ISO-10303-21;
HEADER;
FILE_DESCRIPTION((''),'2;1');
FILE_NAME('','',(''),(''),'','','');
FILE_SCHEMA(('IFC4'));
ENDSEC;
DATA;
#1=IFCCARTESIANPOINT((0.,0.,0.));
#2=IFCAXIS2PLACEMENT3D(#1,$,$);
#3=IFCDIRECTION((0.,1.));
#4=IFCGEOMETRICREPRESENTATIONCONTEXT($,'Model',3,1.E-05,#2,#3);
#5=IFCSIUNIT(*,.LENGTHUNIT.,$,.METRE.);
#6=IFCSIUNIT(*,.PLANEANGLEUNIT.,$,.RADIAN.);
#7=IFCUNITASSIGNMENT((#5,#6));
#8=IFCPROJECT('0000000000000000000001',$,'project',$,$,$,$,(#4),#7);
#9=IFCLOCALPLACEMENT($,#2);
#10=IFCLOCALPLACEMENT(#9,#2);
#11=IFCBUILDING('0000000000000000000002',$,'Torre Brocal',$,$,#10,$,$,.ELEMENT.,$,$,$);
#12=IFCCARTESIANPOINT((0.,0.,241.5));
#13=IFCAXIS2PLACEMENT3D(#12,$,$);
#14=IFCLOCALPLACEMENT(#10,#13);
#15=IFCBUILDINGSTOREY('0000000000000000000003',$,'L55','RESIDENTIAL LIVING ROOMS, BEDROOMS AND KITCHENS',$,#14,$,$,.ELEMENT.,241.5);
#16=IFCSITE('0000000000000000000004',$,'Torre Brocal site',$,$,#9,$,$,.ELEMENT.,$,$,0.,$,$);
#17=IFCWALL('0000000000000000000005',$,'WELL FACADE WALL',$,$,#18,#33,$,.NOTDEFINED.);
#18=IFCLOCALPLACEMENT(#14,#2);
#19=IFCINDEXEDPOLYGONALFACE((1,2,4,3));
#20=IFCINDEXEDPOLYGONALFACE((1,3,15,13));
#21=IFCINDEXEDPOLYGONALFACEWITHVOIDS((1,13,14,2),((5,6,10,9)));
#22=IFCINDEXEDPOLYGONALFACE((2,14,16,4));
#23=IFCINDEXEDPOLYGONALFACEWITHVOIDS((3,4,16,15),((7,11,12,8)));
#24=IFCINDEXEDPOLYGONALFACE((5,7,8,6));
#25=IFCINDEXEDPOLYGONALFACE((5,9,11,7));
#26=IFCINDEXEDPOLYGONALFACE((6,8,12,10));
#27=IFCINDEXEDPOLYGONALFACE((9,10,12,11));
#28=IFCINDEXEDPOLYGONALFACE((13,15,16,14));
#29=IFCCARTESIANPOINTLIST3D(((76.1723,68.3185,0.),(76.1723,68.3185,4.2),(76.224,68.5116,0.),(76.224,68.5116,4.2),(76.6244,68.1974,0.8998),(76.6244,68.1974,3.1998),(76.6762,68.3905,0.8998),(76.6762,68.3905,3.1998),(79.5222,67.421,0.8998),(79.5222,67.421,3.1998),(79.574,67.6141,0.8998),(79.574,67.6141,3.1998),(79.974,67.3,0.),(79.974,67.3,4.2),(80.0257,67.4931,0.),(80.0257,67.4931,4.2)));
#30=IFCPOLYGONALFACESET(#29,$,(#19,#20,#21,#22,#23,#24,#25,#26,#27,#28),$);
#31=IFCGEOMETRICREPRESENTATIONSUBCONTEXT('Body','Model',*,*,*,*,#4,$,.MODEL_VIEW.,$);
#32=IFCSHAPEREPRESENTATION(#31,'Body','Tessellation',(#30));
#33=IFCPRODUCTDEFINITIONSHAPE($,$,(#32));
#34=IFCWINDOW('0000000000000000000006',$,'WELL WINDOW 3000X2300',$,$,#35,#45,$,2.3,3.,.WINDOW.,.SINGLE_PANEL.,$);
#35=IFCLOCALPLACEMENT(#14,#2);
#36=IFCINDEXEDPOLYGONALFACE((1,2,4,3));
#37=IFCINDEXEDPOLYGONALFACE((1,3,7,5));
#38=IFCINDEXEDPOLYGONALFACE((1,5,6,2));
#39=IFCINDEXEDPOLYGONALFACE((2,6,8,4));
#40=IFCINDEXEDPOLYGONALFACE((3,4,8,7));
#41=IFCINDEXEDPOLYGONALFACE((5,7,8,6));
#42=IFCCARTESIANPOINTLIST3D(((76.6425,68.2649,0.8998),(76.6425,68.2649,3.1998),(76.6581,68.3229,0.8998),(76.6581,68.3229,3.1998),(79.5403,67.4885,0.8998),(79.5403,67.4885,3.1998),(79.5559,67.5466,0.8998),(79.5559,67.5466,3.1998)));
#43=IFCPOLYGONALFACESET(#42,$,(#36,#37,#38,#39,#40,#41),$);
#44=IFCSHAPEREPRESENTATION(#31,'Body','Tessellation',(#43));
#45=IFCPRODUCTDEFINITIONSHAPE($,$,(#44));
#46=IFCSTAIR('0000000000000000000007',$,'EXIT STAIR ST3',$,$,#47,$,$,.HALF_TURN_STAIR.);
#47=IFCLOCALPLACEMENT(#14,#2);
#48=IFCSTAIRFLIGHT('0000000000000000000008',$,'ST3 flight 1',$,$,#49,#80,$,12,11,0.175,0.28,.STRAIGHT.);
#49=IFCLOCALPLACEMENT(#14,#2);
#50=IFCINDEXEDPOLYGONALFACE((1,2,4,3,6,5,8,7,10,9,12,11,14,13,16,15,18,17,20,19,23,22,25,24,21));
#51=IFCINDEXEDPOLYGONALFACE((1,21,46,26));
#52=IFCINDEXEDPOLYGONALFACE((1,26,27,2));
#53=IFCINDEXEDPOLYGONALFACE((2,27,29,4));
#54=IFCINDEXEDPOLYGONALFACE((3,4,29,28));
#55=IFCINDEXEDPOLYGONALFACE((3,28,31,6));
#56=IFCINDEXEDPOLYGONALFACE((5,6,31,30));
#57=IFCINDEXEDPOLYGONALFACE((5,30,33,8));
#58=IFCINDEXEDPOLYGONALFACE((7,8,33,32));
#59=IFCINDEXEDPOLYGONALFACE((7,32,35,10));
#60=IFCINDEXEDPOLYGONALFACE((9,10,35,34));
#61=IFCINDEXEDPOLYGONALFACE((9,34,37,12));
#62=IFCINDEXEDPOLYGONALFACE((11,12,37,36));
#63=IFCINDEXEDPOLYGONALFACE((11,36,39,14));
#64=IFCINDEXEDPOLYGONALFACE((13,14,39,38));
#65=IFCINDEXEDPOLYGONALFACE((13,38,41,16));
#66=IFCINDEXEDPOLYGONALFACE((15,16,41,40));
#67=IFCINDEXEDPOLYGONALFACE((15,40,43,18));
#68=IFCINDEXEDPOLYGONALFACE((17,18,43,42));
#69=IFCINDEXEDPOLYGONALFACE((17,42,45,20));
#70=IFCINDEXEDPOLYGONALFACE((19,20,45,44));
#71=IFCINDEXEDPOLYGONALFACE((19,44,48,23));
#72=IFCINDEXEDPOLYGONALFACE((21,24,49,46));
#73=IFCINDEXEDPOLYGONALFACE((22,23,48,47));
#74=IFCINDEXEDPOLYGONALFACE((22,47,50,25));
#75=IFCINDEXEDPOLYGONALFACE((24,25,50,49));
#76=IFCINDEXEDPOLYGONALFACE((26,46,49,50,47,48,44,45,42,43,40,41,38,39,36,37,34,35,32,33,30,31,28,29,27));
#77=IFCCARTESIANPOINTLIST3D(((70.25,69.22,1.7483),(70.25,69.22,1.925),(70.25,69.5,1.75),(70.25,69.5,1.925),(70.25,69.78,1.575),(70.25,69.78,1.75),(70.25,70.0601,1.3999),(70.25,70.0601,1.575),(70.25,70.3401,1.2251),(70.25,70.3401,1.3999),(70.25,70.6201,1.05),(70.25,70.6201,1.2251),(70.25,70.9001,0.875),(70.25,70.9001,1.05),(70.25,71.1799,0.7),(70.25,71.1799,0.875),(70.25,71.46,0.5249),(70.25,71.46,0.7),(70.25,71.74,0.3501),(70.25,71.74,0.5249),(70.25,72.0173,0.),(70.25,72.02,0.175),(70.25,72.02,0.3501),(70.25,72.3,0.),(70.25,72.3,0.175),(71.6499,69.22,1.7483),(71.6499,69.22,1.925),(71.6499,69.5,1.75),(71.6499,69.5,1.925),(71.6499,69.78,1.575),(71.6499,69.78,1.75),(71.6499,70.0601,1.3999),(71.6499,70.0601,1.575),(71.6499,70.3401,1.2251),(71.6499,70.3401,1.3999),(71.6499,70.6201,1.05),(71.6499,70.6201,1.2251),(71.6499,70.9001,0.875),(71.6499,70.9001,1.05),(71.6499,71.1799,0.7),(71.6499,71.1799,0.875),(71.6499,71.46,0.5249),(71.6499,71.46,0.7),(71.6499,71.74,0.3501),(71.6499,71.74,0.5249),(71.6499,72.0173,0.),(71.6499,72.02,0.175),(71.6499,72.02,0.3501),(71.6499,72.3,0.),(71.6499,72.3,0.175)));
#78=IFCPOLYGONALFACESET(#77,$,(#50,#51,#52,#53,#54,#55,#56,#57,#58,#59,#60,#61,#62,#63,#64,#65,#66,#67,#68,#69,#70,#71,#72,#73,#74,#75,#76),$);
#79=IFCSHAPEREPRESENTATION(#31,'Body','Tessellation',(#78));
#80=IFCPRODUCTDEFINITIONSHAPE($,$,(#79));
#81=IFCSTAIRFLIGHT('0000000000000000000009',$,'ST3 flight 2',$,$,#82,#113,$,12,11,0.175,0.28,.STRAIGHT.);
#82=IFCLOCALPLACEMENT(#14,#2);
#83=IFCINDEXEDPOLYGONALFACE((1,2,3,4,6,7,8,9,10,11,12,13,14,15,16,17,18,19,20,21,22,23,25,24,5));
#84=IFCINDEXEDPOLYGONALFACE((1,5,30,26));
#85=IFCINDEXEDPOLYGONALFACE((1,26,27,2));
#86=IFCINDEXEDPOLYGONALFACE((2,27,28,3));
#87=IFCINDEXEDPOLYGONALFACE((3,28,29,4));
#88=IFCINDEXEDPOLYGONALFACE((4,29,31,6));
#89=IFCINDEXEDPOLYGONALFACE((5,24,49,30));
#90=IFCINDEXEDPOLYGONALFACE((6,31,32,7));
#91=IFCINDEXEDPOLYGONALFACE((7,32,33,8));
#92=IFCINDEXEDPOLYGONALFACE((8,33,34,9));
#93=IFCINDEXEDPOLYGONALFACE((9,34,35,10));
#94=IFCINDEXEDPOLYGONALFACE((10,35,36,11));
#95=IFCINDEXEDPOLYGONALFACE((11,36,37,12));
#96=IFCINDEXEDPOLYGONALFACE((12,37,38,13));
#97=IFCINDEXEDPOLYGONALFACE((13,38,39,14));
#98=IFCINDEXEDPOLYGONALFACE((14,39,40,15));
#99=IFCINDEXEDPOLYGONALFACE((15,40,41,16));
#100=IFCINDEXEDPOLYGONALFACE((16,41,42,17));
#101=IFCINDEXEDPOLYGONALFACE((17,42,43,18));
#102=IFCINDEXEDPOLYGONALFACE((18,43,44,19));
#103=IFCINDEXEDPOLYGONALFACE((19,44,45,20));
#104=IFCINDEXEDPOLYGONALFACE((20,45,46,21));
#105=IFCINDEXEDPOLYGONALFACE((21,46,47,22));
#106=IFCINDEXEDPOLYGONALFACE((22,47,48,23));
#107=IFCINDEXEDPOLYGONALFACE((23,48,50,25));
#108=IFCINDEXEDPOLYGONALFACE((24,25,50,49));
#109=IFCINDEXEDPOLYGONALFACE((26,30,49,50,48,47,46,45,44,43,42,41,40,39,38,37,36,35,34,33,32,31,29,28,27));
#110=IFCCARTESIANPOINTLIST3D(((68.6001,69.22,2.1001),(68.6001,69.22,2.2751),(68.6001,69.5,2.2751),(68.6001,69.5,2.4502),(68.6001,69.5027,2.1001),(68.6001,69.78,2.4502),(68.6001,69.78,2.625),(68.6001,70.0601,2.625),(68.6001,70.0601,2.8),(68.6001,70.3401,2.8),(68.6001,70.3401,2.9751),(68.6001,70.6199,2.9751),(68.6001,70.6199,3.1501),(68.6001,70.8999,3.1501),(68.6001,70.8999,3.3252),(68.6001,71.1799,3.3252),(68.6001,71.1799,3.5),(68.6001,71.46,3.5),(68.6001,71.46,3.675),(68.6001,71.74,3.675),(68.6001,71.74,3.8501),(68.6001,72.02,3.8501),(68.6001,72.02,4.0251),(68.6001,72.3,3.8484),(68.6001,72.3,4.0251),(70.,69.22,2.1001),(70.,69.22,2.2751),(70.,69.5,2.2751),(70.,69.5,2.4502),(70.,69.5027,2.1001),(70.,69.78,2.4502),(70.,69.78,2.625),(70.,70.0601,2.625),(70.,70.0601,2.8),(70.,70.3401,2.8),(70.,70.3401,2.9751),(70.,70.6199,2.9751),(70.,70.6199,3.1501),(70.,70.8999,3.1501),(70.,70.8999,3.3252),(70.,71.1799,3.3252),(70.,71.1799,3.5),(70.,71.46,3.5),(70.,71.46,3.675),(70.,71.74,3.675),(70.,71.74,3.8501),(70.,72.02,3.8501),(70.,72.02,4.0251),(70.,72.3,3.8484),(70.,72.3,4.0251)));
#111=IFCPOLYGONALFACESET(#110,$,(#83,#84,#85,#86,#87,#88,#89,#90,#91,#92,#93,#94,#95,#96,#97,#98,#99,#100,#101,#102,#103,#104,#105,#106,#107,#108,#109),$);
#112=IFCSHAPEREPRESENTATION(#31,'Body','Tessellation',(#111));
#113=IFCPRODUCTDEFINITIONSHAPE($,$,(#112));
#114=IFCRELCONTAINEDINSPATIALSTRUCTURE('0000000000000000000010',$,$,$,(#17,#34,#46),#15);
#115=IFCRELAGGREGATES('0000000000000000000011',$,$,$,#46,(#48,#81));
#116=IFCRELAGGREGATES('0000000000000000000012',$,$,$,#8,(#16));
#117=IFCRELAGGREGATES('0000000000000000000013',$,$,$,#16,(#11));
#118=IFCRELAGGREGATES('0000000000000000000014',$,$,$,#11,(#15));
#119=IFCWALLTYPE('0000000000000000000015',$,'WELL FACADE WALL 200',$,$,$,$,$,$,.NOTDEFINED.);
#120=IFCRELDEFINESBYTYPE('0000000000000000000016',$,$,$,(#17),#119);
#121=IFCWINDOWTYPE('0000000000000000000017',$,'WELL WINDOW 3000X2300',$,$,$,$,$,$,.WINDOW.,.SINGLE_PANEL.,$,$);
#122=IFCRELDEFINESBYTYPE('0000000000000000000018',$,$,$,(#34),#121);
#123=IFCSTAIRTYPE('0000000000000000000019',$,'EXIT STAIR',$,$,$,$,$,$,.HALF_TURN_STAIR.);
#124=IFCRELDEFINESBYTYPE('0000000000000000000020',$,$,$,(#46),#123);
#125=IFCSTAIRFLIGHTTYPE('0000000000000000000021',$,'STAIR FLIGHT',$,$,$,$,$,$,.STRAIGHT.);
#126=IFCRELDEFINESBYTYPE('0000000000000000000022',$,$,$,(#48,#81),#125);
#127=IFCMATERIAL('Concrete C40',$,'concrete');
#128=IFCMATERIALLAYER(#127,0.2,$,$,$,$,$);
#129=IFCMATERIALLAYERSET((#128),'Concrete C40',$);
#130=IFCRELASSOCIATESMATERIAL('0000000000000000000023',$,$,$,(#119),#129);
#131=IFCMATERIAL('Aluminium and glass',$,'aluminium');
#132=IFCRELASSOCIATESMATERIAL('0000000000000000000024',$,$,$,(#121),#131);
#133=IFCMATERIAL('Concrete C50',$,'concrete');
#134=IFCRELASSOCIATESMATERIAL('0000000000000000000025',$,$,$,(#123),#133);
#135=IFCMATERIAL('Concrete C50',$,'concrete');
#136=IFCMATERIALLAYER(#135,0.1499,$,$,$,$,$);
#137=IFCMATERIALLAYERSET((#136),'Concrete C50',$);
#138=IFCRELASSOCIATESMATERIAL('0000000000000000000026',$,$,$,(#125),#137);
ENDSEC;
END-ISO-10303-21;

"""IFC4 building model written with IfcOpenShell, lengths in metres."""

from ifc_helpers import new_model, si_unit, direction, frame, frame_2d, origin, place, context, subcontext, project, spatial, polyline, rectangle, outline, extrude, material, layer, layer_set, type_object, element, fill, aggregate, save


model = new_model("IFC4")

# Units and contexts
model_context = context("Model", 3, precision=1e-05, world=origin(), true_north=direction((0.0, 1.0)))
body_context = subcontext(model_context, "Body", "Model", "MODEL_VIEW")
ifc_project = project(units=[si_unit("LENGTHUNIT", "METRE"), si_unit("PLANEANGLEUNIT", "RADIAN")], contexts=[model_context])

# Site, building, storey
site_placement = place(None, origin())
site = spatial("IfcSite", under=ifc_project, at=site_placement, Name="Torre Brocal site", CompositionType="ELEMENT", RefElevation=0.0)
building_placement = place(site_placement, origin())
building = spatial("IfcBuilding", under=site, at=building_placement, Name="Torre Brocal", CompositionType="ELEMENT")
storey_placement = place(building_placement, frame((0.0, 0.0, 241.5)))
storey = spatial("IfcBuildingStorey", under=building, at=storey_placement, Name="L55", Description="RESIDENTIAL LIVING ROOMS, BEDROOMS AND KITCHENS", CompositionType="ELEMENT", Elevation=241.5)

# Wall, opening, window
ifc_material_1 = material(Name="Concrete C40", Category="concrete")
ifc_layer_1 = layer(ifc_material_1, 0.2)
ifc_layer_set_1 = layer_set([ifc_layer_1], Name="Concrete C40")
wall_type_1 = type_object("IfcWallType", Name="WELL FACADE WALL 200", PredefinedType="NOTDEFINED", material=ifc_layer_set_1)
ifc_material_2 = material(Name="Aluminium and glass", Category="aluminium")
window_type = type_object("IfcWindowType", Name="WELL WINDOW 3000X2300", PartitioningType="SINGLE_PANEL", PredefinedType="WINDOW", material=ifc_material_2)
wall_1_placement = place(storey_placement, frame((76.1982, 68.415, 0.0), z_axis=(0.0, 0.0, 1.0), x_axis=(0.965934, -0.25879, 0.0)))
wall_1 = element("IfcWall", 1, at=wall_1_placement, inside=storey, type_object=wall_type_1, Name="WELL FACADE WALL", PredefinedType="NOTDEFINED", context=body_context, shape_type="SweptSolid", body=[
    extrude(rectangle(XDim=3.9358, YDim=0.2, at=frame_2d((1.9678, 0.0))), origin(), (0.0, 0.0, 1.0), 4.2),
])
opening_1_placement = place(wall_1_placement, frame((0.468, 0.0, 0.8999)))
opening_1 = element("IfcOpeningElement", 2, at=opening_1_placement, cuts=wall_1, PredefinedType="OPENING", context=body_context, shape_type="SweptSolid", body=[
    extrude(rectangle(XDim=3.0, YDim=2.3, at=frame_2d((1.5, 1.1499))), frame((0.0, 0.1099, 0.0), z_axis=(0.0, -1.0, 0.0), x_axis=(1.0, 0.0, 0.0)), (0.0, 0.0, 1.0), 0.22),
])
window_1_placement = place(opening_1_placement, origin())
window_1 = element("IfcWindow", 3, at=window_1_placement, inside=storey, type_object=window_type, Name="WELL WINDOW 3000X2300", OverallHeight=2.3, OverallWidth=3.0, PartitioningType="SINGLE_PANEL", PredefinedType="WINDOW", context=body_context, shape_type="SweptSolid", body=[
    extrude(rectangle(XDim=3.0, YDim=2.3, at=frame_2d((1.5, 1.1499))), frame((0.0, 0.03, 0.0), z_axis=(0.0, -1.0, 0.0), x_axis=(1.0, 0.0, 0.0)), (0.0, 0.0, 1.0), 0.0601),
])
fill(opening_1, window_1)

# Stair, stair flights
ifc_material_3 = material(Name="Concrete C50", Category="concrete")
stair_type = type_object("IfcStairType", Name="EXIT STAIR", PredefinedType="HALF_TURN_STAIR", material=ifc_material_3)
stair_placement = place(storey_placement, origin())
stair = element("IfcStair", 4, at=stair_placement, inside=storey, type_object=stair_type, Name="EXIT STAIR ST3", PredefinedType="HALF_TURN_STAIR")
ifc_material_4 = material(Name="Concrete C50", Category="concrete")
ifc_layer_2 = layer(ifc_material_4, 0.1499)
ifc_layer_set_2 = layer_set([ifc_layer_2], Name="Concrete C50")
stair_flight_type = type_object("IfcStairFlightType", Name="STAIR FLIGHT", PredefinedType="STRAIGHT", material=ifc_layer_set_2)
stair_flight_1_placement = place(storey_placement, frame((70.95, 72.3, 0.0), z_axis=(0.0, 0.0, 1.0), x_axis=(0.0, -1.0, 0.0)))
stair_flight_1 = element("IfcStairFlight", 5, at=stair_flight_1_placement, type_object=stair_flight_type, Name="ST3 flight 1", NumberOfRisers=12, NumberOfTreads=11, PredefinedType="STRAIGHT", RiserHeight=0.175, TreadLength=0.28, context=body_context, shape_type="SweptSolid", body=[
    extrude(outline(polyline([(0.0, 0.0), (0.0, 0.175), (0.28, 0.175), (0.28, 0.3501), (0.5601, 0.3501), (0.5601, 0.5249), (0.8401, 0.5249), (0.8401, 0.7), (1.1201, 0.7), (1.1201, 0.875), (1.3999, 0.875), (1.3999, 1.05), (1.6799, 1.05), (1.6799, 1.2251), (1.96, 1.2251), (1.96, 1.3999), (2.24, 1.3999), (2.24, 1.575), (2.52, 1.575), (2.52, 1.75), (2.8, 1.75), (2.8, 1.925), (3.0801, 1.925), (3.0801, 2.1001), (3.0801, 1.7483), (0.2827, 0.0), (0.0, 0.0)])), frame((0.0, 0.7, 0.0), z_axis=(0.0, -1.0, 0.0), x_axis=(1.0, 0.0, 0.0)), (0.0, 0.0, 1.0), 1.3999),
])
stair_flight_2_placement = place(storey_placement, frame((69.3, 69.22, 2.1001), z_axis=(0.0, 0.0, 1.0), x_axis=(0.0, 1.0, 0.0)))
stair_flight_2 = element("IfcStairFlight", 6, at=stair_flight_2_placement, type_object=stair_flight_type, Name="ST3 flight 2", NumberOfRisers=12, NumberOfTreads=11, PredefinedType="STRAIGHT", RiserHeight=0.175, TreadLength=0.28, context=body_context, shape_type="SweptSolid", body=[
    extrude(outline(polyline([(0.0, 0.0), (0.0, 0.175), (0.28, 0.175), (0.28, 0.3501), (0.5601, 0.3501), (0.5601, 0.5249), (0.8401, 0.5249), (0.8401, 0.7), (1.1201, 0.7), (1.1201, 0.875), (1.3999, 0.875), (1.3999, 1.05), (1.6799, 1.05), (1.6799, 1.2251), (1.96, 1.2251), (1.96, 1.3999), (2.24, 1.3999), (2.24, 1.575), (2.52, 1.575), (2.52, 1.75), (2.8, 1.75), (2.8, 1.925), (3.0801, 1.925), (3.0801, 2.1001), (3.0801, 1.7483), (0.2827, 0.0), (0.0, 0.0)])), frame((0.0, 0.7, 0.0), z_axis=(0.0, -1.0, 0.0), x_axis=(1.0, 0.0, 0.0)), (0.0, 0.0, 1.0), 1.3999),
])
aggregate(stair, [stair_flight_1, stair_flight_2])

save(model, "model.ifc")
